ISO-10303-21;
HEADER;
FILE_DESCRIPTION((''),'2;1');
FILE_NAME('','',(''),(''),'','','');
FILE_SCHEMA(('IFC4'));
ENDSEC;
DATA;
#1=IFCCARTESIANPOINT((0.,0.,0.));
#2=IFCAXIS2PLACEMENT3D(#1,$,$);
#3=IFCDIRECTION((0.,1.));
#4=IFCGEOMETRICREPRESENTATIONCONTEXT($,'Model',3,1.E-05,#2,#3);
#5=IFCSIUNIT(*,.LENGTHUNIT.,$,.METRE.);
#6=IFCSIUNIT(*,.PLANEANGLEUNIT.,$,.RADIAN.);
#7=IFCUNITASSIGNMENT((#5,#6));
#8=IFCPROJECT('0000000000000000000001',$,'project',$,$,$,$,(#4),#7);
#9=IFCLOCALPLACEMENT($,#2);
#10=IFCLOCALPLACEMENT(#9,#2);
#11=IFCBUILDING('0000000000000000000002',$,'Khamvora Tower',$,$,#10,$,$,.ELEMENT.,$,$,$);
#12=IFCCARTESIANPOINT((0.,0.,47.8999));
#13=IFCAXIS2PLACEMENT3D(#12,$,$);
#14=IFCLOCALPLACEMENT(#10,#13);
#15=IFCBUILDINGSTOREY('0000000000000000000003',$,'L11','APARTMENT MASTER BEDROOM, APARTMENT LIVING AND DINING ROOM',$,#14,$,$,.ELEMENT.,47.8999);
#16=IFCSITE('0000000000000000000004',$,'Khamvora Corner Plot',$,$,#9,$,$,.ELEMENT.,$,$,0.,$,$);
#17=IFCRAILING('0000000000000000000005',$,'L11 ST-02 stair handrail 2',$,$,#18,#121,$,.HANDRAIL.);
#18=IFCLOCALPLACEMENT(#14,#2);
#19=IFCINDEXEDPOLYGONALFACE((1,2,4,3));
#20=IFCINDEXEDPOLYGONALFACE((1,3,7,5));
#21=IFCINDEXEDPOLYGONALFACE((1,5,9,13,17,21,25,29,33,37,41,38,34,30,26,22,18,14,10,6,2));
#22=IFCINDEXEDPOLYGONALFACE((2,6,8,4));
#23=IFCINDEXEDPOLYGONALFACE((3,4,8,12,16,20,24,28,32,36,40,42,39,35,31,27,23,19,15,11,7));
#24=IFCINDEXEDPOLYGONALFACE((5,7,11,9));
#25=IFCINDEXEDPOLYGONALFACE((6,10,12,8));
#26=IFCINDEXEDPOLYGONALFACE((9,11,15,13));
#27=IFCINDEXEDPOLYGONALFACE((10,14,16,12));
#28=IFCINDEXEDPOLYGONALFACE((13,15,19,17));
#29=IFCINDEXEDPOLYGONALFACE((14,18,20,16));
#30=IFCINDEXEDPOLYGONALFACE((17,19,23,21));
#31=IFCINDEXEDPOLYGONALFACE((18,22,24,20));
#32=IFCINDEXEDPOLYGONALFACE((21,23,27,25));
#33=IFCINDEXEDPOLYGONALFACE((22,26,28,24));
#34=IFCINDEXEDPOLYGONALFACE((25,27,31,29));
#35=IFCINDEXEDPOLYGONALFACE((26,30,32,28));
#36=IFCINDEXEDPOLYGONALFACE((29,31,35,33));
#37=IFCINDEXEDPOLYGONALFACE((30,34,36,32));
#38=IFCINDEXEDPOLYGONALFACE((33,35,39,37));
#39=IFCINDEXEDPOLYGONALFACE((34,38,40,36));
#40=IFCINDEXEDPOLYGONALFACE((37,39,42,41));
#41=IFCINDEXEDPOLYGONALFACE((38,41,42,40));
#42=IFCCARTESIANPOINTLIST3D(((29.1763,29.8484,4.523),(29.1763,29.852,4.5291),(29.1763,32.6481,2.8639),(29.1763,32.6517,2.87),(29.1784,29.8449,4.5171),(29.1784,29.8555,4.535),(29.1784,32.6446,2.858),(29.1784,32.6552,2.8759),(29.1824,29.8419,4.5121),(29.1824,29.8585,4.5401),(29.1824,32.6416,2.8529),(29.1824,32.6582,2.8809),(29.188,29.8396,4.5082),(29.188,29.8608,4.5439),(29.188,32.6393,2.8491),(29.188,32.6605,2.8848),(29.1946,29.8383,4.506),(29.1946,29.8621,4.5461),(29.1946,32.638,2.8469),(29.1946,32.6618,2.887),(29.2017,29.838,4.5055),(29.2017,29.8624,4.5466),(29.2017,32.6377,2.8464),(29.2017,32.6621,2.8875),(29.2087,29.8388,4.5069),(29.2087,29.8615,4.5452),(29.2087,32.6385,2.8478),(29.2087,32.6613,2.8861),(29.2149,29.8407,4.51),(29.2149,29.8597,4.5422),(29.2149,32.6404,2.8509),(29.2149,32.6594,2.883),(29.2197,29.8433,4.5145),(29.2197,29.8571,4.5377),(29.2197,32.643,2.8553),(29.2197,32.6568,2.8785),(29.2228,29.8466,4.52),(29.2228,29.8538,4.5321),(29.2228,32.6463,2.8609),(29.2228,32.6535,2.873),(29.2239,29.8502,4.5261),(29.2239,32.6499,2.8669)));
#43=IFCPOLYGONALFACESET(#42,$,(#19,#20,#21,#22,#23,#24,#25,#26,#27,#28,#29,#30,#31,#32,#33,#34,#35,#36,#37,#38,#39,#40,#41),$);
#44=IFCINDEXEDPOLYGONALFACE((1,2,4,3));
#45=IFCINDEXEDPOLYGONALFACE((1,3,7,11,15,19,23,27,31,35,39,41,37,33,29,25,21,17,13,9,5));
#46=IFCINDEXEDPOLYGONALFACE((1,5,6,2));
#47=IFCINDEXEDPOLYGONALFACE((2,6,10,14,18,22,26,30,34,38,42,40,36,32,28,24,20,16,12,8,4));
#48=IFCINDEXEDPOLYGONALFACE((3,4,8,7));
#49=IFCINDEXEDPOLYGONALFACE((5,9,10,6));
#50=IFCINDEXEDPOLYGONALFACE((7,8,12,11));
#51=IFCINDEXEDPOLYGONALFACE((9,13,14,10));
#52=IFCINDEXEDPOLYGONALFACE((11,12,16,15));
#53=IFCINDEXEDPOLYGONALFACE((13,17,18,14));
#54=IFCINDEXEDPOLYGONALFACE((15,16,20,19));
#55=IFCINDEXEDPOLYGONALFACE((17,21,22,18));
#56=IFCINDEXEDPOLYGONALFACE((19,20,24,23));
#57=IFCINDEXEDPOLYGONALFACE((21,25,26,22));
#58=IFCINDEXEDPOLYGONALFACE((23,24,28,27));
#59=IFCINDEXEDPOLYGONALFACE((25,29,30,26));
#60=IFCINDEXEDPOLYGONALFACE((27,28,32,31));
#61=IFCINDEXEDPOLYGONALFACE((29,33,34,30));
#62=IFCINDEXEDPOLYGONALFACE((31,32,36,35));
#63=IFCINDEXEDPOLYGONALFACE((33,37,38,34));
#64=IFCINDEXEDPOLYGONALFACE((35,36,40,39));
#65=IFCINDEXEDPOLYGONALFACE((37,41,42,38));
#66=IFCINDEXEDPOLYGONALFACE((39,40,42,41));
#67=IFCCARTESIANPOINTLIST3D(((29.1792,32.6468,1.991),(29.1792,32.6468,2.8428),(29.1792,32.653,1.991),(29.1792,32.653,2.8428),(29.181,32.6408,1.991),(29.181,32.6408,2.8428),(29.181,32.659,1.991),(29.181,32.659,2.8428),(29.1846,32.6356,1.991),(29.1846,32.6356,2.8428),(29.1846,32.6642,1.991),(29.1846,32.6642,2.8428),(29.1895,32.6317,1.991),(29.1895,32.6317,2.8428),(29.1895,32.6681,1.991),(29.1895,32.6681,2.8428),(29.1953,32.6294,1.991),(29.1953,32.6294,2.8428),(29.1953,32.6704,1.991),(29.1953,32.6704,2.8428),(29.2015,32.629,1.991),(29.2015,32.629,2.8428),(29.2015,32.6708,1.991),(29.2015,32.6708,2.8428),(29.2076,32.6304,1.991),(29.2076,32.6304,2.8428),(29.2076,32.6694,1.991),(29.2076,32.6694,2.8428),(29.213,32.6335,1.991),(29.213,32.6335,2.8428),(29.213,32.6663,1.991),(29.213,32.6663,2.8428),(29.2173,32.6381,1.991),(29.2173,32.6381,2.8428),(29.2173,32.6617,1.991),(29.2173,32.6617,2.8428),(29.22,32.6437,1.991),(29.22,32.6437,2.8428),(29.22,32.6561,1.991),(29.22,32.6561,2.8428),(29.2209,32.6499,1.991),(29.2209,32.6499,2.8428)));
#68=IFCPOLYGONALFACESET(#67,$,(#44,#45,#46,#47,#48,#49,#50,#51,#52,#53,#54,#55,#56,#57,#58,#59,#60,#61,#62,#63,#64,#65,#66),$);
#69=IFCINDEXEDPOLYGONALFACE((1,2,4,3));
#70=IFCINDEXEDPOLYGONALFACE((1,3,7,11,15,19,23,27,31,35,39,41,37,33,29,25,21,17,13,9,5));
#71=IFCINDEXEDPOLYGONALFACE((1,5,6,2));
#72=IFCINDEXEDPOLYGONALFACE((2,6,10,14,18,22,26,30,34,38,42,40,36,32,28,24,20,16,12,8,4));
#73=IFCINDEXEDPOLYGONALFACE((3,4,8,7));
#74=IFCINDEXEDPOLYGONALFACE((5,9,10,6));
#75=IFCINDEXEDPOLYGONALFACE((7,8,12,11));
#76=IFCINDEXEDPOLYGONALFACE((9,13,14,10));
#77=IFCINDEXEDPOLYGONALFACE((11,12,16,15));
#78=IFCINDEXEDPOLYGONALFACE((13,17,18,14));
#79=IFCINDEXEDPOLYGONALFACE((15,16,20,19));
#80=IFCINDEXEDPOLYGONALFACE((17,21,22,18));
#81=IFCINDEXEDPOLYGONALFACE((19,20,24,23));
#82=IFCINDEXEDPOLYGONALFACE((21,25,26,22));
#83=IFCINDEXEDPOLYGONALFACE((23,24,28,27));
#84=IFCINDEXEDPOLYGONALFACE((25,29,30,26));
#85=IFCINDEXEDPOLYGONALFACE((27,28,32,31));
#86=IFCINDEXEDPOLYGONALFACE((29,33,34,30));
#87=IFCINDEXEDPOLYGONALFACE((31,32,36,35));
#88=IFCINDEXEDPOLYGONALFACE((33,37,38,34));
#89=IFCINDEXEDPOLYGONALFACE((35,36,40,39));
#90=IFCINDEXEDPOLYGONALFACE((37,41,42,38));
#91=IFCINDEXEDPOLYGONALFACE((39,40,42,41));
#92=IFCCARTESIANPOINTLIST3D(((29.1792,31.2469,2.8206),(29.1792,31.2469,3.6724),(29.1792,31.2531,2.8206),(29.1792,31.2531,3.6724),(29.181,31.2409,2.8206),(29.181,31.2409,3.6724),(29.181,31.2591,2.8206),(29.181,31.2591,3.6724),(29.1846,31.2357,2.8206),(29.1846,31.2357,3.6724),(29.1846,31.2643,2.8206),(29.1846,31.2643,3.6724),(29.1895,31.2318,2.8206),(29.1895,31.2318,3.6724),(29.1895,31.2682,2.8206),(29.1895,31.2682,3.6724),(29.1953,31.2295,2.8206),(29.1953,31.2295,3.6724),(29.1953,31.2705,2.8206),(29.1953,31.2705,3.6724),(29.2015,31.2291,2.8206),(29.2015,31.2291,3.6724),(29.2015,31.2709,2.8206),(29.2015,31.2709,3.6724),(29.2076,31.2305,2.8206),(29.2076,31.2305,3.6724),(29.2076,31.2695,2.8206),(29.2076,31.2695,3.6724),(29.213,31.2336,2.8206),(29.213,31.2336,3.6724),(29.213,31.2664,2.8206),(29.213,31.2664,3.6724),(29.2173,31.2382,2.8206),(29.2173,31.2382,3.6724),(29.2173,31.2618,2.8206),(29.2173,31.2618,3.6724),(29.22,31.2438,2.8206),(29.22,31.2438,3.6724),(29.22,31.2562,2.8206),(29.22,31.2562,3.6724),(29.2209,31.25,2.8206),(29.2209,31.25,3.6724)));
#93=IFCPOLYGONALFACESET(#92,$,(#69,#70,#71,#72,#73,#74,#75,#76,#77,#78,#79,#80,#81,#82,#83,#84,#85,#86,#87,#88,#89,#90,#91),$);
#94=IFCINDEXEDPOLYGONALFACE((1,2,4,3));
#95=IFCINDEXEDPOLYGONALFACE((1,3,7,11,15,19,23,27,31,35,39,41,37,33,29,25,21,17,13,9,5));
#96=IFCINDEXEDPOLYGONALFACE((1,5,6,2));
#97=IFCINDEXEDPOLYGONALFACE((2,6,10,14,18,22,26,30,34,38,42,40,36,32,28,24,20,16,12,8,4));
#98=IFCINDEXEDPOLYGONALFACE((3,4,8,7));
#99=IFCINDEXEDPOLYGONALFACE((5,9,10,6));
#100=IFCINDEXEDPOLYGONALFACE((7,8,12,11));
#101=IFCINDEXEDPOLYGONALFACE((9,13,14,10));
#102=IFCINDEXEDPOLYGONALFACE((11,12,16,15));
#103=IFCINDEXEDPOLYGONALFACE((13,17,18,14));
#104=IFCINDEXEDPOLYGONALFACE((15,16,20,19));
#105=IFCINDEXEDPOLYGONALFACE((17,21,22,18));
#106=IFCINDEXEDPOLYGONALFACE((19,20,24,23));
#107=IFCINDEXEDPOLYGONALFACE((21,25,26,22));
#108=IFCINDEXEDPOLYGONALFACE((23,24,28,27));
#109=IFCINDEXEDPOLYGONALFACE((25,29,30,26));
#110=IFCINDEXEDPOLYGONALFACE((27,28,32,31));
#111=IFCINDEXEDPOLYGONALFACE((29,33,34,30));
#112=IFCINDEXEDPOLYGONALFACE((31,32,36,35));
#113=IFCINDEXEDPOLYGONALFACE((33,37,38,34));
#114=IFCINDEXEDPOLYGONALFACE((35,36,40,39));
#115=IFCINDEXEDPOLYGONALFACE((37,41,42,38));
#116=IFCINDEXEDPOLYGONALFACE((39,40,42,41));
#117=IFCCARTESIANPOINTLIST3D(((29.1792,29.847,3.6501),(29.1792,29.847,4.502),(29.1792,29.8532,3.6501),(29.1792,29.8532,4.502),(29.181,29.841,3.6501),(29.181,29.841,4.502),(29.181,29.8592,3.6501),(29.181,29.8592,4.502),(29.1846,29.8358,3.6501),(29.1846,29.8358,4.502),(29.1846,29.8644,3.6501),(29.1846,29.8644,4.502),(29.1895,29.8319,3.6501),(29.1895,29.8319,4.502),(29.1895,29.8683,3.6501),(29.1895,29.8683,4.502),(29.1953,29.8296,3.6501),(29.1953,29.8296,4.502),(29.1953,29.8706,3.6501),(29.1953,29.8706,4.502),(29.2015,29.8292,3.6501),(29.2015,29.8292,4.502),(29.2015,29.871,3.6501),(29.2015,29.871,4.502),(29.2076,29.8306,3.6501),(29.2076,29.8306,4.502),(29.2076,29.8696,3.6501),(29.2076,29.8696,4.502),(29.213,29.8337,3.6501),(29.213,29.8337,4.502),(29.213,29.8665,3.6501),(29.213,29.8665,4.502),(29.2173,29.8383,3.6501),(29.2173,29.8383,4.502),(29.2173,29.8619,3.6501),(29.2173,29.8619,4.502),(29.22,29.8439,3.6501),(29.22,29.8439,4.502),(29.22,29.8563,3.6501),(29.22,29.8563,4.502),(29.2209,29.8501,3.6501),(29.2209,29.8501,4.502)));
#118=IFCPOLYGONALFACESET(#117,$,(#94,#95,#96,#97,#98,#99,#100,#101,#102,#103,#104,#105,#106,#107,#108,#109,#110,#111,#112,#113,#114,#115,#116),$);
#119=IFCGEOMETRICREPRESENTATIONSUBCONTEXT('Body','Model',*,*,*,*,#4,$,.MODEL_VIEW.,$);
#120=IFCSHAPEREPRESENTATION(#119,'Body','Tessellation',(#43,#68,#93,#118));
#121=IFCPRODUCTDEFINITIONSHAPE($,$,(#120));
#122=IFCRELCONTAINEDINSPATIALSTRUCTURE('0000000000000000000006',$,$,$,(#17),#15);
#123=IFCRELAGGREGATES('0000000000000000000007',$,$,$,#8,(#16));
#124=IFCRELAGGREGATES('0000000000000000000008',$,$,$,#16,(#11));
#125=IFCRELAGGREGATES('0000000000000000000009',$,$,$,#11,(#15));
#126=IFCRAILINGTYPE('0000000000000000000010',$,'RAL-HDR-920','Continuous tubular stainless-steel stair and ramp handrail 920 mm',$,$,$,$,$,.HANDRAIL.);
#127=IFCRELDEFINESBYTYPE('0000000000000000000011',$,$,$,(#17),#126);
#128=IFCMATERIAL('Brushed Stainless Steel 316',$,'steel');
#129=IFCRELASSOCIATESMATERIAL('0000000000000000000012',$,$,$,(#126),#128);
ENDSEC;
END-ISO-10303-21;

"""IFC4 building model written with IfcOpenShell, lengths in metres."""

from ifc_helpers import new_model, si_unit, direction, frame, origin, origin_2d, place, context, subcontext, project, spatial, circle, extrude, material, type_object, element, save


model = new_model("IFC4")

# Units and contexts
model_context = context("Model", 3, precision=1e-05, world=origin(), true_north=direction((0.0, 1.0)))
body_context = subcontext(model_context, "Body", "Model", "MODEL_VIEW")
ifc_project = project(units=[si_unit("LENGTHUNIT", "METRE"), si_unit("PLANEANGLEUNIT", "RADIAN")], contexts=[model_context])

# Site, building, storey
site_placement = place(None, origin())
site = spatial("IfcSite", under=ifc_project, at=site_placement, Name="Khamvora Corner Plot", CompositionType="ELEMENT", RefElevation=0.0)
building_placement = place(site_placement, origin())
building = spatial("IfcBuilding", under=site, at=building_placement, Name="Khamvora Tower", CompositionType="ELEMENT")
storey_placement = place(building_placement, frame((0.0, 0.0, 47.8999)))
storey = spatial("IfcBuildingStorey", under=building, at=storey_placement, Name="L11", Description="APARTMENT MASTER BEDROOM, APARTMENT LIVING AND DINING ROOM", CompositionType="ELEMENT", Elevation=47.8999)

# Railing
ifc_material_1 = material(Name="Brushed Stainless Steel 316", Category="steel")
railing_type_1 = type_object("IfcRailingType", Name="RAL-HDR-920", Description="Continuous tubular stainless-steel stair and ramp handrail 920 mm", PredefinedType="HANDRAIL", material=ifc_material_1)
railing_1_placement = place(storey_placement, frame((29.2, 32.6499, 1.991)))
element("IfcRailing", 1, at=railing_1_placement, inside=storey, type_object=railing_type_1, Name="L11 ST-02 stair handrail 2", PredefinedType="HANDRAIL", context=body_context, shape_type="SweptSolid", body=[
    extrude(circle(Radius=0.0239, at=origin_2d()), frame((0.0, 0.0, 0.876), z_axis=(0.0, -0.860287, 0.509811), x_axis=(1.0, 0.0, 0.0)), (0.0, 0.0, 1.0), 3.2544),
    extrude(circle(Radius=0.021, at=origin_2d()), origin(), (0.0, 0.0, 1.0), 0.8518),
    extrude(circle(Radius=0.021, at=origin_2d()), frame((0.0, -1.3999, 0.8296)), (0.0, 0.0, 1.0), 0.8518),
    extrude(circle(Radius=0.021, at=origin_2d()), frame((0.0, -2.7998, 1.6592)), (0.0, 0.0, 1.0), 0.8518),
])

save(model, "model.ifc")
